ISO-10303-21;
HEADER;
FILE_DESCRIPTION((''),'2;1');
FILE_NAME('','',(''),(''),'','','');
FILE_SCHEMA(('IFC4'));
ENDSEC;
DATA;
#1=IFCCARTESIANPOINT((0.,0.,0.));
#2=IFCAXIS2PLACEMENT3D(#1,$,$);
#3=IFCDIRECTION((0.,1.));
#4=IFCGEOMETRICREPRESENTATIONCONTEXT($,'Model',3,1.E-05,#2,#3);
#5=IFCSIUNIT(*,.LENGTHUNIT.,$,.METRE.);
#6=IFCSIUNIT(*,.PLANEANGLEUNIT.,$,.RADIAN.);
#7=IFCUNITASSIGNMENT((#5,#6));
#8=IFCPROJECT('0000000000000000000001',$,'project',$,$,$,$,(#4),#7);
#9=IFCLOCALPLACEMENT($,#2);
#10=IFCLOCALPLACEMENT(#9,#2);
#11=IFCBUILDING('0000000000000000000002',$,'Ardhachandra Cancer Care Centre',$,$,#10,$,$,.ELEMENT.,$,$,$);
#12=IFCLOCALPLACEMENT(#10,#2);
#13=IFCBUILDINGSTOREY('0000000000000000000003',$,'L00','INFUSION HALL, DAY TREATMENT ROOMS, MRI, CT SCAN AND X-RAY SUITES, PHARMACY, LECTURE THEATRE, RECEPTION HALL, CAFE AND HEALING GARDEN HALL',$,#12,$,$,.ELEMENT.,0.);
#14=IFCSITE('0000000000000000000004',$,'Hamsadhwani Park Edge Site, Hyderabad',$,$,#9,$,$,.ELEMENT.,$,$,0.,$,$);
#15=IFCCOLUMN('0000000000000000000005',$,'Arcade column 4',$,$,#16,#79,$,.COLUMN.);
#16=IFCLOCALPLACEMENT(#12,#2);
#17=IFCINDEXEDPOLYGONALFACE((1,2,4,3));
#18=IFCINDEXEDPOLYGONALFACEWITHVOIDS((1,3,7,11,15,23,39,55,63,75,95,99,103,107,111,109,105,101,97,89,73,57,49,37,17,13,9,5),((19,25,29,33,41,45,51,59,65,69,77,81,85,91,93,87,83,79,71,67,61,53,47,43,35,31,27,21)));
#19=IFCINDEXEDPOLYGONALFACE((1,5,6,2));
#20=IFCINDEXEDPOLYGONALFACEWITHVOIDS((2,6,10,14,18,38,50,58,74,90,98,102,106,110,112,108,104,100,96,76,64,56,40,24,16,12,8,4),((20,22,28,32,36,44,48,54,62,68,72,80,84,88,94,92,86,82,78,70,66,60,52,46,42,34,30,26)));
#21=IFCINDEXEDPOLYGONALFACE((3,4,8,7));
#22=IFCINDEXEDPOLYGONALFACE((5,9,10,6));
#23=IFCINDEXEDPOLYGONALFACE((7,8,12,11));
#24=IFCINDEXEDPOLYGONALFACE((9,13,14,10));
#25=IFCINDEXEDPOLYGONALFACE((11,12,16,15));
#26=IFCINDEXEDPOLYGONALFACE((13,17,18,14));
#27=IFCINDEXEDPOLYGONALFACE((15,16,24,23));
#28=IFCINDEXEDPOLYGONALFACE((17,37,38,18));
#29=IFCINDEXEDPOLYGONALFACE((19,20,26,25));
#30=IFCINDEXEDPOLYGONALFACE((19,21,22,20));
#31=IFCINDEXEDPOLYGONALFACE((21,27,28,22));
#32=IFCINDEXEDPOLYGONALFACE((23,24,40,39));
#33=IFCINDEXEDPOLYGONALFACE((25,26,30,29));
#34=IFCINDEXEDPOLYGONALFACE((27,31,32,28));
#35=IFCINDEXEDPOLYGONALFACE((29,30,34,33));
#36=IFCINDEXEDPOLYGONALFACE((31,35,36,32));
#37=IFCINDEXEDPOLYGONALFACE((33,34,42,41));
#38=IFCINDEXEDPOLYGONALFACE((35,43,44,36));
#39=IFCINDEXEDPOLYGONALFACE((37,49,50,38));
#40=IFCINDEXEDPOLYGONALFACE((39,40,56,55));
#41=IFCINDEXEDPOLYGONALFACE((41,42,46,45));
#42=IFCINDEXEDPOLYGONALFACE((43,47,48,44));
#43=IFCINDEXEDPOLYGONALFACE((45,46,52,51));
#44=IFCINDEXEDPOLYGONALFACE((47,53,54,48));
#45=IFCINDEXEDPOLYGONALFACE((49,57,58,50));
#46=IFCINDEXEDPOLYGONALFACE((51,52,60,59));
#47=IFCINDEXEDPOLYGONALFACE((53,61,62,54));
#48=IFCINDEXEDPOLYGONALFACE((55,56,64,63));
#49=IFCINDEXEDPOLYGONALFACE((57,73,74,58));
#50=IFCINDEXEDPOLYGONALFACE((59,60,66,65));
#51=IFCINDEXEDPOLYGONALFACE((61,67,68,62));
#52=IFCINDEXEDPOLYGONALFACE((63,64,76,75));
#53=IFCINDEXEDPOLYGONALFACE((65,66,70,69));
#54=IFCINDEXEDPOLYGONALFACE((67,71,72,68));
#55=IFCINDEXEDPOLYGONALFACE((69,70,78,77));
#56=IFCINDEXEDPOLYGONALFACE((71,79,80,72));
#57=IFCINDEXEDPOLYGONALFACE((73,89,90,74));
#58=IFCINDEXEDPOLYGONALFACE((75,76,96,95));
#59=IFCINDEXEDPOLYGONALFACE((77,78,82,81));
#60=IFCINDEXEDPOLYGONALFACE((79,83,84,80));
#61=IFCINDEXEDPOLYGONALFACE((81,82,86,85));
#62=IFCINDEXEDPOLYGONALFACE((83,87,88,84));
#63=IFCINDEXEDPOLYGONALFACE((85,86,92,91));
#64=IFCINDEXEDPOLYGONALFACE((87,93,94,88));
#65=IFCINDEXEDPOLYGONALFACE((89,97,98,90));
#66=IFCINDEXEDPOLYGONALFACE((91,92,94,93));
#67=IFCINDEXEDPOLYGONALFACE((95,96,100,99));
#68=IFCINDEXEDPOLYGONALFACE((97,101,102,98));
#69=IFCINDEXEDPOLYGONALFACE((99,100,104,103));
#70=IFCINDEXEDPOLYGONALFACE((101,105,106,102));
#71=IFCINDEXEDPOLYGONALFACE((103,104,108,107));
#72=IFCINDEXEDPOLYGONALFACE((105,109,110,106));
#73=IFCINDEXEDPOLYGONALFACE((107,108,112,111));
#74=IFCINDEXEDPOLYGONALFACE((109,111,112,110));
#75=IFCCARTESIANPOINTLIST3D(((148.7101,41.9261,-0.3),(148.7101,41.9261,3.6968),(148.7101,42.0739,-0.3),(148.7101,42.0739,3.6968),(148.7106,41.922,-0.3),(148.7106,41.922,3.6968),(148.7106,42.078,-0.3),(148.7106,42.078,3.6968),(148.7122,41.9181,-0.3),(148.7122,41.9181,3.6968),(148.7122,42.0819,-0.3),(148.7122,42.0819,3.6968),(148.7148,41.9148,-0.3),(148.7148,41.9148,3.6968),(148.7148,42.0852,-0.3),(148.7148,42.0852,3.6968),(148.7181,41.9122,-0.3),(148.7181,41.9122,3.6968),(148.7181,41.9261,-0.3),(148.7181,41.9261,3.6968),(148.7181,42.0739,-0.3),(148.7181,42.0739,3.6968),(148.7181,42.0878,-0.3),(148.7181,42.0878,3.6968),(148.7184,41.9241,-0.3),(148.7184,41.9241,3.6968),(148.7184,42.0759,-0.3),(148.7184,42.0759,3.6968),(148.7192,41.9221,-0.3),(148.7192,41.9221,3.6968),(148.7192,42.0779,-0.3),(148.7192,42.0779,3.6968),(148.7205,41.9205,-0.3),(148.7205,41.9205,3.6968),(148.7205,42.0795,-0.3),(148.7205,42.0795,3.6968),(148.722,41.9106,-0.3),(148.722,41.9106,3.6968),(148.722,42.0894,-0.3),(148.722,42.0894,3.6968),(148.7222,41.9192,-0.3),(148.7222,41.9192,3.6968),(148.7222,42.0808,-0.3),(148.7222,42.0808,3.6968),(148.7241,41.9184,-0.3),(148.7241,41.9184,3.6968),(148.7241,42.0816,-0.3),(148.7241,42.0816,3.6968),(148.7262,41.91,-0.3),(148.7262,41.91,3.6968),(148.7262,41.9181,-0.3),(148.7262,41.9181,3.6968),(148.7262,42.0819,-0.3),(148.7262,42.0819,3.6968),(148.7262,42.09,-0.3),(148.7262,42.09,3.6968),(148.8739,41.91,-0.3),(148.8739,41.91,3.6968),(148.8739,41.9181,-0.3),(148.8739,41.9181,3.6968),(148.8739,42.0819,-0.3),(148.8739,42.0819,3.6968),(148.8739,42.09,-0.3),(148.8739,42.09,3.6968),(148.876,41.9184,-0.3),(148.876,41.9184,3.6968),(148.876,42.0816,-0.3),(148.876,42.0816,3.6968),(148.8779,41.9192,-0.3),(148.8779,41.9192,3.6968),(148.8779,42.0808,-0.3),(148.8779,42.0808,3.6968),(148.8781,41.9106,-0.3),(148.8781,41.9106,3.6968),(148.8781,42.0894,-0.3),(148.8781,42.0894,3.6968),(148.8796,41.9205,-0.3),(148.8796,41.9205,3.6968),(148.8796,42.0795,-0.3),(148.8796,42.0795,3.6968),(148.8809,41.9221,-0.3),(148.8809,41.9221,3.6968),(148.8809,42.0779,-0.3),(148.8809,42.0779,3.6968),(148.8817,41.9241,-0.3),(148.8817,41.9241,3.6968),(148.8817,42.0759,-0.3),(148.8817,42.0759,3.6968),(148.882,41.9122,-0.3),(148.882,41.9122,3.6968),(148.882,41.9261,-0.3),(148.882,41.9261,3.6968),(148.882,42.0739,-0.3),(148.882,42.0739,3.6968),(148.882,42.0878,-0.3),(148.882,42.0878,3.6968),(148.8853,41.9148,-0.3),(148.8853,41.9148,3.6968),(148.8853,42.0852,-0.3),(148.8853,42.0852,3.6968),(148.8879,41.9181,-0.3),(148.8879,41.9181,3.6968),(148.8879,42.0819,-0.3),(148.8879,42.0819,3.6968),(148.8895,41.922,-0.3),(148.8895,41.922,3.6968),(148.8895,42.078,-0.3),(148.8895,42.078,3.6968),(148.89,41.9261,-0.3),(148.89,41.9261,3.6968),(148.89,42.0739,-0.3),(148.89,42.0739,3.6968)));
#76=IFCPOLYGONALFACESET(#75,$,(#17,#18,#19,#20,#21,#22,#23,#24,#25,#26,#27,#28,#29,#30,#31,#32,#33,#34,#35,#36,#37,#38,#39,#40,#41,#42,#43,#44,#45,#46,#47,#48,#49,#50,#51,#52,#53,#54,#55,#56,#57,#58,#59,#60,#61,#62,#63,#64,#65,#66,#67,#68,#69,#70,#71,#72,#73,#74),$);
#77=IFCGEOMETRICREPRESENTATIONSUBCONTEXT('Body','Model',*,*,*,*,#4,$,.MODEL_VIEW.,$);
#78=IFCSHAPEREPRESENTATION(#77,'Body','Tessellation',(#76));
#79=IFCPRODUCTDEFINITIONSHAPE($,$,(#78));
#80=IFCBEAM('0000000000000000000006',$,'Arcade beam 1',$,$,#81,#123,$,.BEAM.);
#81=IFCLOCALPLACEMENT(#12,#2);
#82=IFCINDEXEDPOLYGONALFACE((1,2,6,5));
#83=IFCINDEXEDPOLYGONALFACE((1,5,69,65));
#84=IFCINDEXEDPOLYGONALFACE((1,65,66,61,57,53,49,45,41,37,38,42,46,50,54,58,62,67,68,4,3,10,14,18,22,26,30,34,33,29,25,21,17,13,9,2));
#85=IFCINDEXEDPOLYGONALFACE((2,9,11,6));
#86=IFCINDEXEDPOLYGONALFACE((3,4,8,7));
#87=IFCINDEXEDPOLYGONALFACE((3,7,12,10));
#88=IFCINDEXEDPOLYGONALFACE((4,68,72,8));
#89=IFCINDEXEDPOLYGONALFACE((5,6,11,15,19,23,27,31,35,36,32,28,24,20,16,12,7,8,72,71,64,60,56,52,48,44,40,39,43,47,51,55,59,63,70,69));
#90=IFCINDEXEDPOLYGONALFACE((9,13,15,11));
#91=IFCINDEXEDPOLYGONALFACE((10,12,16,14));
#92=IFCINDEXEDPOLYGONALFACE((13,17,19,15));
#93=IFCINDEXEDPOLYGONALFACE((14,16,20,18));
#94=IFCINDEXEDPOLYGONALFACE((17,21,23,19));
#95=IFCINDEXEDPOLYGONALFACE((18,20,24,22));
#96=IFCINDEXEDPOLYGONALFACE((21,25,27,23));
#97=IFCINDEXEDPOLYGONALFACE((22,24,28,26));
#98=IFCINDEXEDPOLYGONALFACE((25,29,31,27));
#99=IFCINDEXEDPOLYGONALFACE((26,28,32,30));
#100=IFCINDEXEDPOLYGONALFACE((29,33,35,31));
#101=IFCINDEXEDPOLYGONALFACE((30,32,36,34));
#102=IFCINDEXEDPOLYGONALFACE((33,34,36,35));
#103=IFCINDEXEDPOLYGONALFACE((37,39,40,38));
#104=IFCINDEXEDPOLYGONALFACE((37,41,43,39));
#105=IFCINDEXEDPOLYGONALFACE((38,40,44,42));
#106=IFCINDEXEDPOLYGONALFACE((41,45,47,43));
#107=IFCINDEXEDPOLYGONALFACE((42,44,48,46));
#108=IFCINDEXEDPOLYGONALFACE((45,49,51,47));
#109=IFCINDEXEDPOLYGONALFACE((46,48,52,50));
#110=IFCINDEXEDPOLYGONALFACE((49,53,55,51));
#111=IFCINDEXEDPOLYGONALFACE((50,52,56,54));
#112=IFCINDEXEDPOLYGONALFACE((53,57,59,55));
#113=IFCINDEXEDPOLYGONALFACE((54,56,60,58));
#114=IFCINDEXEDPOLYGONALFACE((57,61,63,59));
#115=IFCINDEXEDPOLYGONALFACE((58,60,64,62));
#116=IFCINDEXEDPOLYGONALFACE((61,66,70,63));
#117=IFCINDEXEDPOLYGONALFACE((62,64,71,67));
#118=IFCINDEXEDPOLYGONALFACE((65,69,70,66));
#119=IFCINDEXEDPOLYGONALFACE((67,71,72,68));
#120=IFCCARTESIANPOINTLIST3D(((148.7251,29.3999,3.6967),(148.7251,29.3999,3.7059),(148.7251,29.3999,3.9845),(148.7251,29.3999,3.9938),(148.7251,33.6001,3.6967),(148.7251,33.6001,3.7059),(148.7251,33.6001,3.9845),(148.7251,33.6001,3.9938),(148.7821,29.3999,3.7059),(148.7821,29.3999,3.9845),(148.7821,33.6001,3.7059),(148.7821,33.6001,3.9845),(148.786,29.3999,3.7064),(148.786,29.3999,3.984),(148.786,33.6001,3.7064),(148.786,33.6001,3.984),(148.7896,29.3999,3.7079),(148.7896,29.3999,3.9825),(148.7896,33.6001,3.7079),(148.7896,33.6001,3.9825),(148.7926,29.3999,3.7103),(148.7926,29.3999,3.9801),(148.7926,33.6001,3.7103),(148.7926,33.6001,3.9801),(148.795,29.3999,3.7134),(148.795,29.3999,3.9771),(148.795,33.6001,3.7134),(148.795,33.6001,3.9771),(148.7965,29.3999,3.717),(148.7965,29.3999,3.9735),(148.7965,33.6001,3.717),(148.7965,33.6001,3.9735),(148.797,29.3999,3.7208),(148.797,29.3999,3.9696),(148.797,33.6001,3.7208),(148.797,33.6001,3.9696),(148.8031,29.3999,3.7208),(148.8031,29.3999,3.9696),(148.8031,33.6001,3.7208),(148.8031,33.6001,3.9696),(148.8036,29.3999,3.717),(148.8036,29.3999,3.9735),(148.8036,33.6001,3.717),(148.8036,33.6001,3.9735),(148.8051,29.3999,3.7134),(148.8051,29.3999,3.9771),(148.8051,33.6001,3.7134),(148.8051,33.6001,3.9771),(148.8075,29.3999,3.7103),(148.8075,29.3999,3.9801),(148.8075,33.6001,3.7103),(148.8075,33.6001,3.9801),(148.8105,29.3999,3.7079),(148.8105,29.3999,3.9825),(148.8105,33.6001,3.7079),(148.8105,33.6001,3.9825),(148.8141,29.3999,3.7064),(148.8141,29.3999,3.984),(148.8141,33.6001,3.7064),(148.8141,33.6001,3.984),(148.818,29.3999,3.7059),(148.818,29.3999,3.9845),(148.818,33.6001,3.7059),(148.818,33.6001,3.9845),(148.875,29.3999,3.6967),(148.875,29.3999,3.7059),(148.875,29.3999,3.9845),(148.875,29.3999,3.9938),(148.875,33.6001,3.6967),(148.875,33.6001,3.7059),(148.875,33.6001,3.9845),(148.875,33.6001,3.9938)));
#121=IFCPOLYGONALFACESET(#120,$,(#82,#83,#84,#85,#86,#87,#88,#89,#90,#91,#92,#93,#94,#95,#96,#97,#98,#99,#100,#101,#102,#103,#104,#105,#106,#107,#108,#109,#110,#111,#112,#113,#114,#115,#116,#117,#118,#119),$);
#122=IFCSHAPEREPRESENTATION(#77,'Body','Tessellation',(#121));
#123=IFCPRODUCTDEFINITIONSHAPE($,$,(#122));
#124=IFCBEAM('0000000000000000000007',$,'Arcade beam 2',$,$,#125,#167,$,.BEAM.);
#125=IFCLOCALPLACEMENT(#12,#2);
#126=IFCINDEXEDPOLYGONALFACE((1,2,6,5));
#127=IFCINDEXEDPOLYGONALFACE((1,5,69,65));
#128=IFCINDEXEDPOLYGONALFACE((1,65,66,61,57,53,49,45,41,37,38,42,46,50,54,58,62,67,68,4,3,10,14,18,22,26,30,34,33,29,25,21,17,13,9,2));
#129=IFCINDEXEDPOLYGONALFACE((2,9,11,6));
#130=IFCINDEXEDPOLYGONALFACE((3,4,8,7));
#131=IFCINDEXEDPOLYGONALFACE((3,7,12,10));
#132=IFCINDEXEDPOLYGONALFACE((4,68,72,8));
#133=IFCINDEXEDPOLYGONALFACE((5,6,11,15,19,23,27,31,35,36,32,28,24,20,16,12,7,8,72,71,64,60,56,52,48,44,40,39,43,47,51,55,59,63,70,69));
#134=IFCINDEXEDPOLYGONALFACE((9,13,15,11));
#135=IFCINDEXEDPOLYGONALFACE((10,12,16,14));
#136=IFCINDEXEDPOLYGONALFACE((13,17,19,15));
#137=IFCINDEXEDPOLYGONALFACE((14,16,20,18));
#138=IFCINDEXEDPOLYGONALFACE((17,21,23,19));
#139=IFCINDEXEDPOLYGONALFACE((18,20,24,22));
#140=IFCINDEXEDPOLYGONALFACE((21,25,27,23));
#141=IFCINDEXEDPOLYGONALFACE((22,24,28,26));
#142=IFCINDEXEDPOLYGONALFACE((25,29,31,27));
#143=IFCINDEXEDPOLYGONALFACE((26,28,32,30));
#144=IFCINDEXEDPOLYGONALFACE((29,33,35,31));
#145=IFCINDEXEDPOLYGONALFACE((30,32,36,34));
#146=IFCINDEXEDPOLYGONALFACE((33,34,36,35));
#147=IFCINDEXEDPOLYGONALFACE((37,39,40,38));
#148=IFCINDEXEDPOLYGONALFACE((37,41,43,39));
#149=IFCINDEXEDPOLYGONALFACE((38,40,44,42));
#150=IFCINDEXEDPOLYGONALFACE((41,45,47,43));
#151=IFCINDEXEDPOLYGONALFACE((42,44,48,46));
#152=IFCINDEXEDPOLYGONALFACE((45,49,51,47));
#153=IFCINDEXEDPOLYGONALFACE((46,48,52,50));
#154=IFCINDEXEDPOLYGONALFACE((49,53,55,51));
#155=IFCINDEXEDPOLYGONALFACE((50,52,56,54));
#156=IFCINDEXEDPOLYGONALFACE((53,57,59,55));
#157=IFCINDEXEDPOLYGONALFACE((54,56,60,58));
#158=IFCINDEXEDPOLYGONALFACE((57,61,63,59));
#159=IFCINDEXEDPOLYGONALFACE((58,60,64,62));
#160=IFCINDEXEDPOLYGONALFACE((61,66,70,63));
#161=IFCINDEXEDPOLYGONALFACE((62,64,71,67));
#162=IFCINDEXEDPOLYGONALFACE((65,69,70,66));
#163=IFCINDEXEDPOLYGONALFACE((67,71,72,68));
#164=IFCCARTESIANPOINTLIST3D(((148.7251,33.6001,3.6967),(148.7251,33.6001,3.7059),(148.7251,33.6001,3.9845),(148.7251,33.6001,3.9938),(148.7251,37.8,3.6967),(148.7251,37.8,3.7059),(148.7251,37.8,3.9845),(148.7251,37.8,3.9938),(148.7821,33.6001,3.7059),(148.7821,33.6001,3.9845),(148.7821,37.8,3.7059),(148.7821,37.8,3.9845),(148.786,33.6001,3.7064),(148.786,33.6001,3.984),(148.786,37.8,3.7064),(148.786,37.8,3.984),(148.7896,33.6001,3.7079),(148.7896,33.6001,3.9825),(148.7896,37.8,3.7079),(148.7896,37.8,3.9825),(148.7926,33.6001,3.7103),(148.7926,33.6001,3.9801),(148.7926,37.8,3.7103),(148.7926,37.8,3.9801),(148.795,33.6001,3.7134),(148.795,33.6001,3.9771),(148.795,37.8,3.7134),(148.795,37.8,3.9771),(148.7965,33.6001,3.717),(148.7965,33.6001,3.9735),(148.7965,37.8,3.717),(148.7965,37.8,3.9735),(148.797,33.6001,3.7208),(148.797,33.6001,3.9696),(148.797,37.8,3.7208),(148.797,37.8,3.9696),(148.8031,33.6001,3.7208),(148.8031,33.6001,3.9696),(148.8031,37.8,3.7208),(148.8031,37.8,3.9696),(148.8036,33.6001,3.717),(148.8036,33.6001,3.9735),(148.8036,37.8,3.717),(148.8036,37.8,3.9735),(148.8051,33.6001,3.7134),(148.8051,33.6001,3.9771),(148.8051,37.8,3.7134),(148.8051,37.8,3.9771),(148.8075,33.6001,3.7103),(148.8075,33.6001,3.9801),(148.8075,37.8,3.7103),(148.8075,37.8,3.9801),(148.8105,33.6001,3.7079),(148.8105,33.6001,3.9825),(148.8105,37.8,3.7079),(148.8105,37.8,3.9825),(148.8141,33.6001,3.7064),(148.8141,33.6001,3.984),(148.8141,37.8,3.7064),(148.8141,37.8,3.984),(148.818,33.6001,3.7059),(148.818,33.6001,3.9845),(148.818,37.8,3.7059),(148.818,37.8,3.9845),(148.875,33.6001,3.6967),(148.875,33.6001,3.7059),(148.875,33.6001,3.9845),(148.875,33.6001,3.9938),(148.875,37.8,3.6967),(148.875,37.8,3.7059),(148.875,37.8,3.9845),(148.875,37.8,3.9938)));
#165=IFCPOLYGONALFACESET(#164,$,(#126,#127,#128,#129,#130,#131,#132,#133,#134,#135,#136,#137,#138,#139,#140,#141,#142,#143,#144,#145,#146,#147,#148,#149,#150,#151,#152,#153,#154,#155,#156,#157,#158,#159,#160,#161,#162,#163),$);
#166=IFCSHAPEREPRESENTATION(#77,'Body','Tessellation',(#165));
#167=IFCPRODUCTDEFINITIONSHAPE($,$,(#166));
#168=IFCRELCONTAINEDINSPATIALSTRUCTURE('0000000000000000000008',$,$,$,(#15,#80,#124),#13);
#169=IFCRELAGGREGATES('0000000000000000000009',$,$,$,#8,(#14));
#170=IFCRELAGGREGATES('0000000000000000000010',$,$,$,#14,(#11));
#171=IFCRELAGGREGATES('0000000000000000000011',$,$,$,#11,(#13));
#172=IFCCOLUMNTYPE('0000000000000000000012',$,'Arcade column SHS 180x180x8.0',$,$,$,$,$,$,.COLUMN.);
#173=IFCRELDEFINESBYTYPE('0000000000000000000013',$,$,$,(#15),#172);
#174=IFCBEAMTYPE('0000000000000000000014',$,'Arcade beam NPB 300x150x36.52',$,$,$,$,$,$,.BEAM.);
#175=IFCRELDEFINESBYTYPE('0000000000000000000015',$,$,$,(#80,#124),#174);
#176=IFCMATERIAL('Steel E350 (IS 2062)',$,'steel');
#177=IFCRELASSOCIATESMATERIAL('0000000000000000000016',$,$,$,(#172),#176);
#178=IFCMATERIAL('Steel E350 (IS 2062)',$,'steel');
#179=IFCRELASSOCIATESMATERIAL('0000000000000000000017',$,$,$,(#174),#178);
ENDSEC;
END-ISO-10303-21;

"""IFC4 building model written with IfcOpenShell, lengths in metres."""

from ifc_helpers import new_model, si_unit, direction, frame, origin, origin_2d, place, context, subcontext, project, spatial, hollow_rectangle, i_section, extrude, material, material_profile, profile_set, type_object, element, save


model = new_model("IFC4")

# Units and contexts
model_context = context("Model", 3, precision=1e-05, world=origin(), true_north=direction((0.0, 1.0)))
body_context = subcontext(model_context, "Body", "Model", "MODEL_VIEW")
ifc_project = project(units=[si_unit("LENGTHUNIT", "METRE"), si_unit("PLANEANGLEUNIT", "RADIAN")], contexts=[model_context])

# Site, building, storey
site_placement = place(None, origin())
site = spatial("IfcSite", under=ifc_project, at=site_placement, Name="Hamsadhwani Park Edge Site, Hyderabad", CompositionType="ELEMENT", RefElevation=0.0)
building_placement = place(site_placement, origin())
building = spatial("IfcBuilding", under=site, at=building_placement, Name="Ardhachandra Cancer Care Centre", CompositionType="ELEMENT")
storey_placement = place(building_placement, origin())
storey = spatial("IfcBuildingStorey", under=building, at=storey_placement, Name="L00", Description="INFUSION HALL, DAY TREATMENT ROOMS, MRI, CT SCAN AND X-RAY SUITES, PHARMACY, LECTURE THEATRE, RECEPTION HALL, CAFE AND HEALING GARDEN HALL", CompositionType="ELEMENT", Elevation=0.0)

# Column
ifc_material_1 = material(Name="Steel E350 (IS 2062)", Category="steel")
ifc_material_profile_1 = material_profile(ifc_material_1, hollow_rectangle(XDim=0.1799, YDim=0.1799, WallThickness=0.0081, InnerFilletRadius=0.0081, OuterFilletRadius=0.0161, at=origin_2d()), Name="SHS 180x180x8.0")
ifc_profile_set_1 = profile_set([ifc_material_profile_1], Name="Steel E350 (IS 2062)")
column_type = type_object("IfcColumnType", Name="Arcade column SHS 180x180x8.0", PredefinedType="COLUMN", material=ifc_profile_set_1)
for number, where, z_axis, x_axis, name in (
    (1, (148.8, 42.0, -0.3), (0.0, 0.0, 1.0), (1.0, 0.0, 0.0), "Arcade column 4"),
):
    element("IfcColumn", number, at=place(storey_placement, frame(where, z_axis=z_axis, x_axis=x_axis)), inside=storey, type_object=column_type, Name=name, PredefinedType="COLUMN", context=body_context, shape_type="SweptSolid", body=[
        extrude(hollow_rectangle(XDim=0.1799, YDim=0.1799, WallThickness=0.0081, InnerFilletRadius=0.0081, OuterFilletRadius=0.0161, at=origin_2d()), origin(), (0.0, 0.0, 1.0), 3.9968),
    ])

# Beams
ifc_material_2 = material(Name="Steel E350 (IS 2062)", Category="steel")
ifc_material_profile_2 = material_profile(ifc_material_2, i_section(OverallWidth=0.1499, OverallDepth=0.2971, WebThickness=0.0061, FlangeThickness=0.0093, FilletRadius=0.0149, at=origin_2d()), Name="NPB 300x150x36.52")
ifc_profile_set_2 = profile_set([ifc_material_profile_2], Name="Steel E350 (IS 2062)")
beam_type_1 = type_object("IfcBeamType", Name="Arcade beam NPB 300x150x36.52", PredefinedType="BEAM", material=ifc_profile_set_2)
beam_1_placement = place(storey_placement, frame((148.8, 29.3999, 3.8452), z_axis=(0.0, 1.0, 0.0), x_axis=(-1.0, 0.0, 0.0)))
element("IfcBeam", 2, at=beam_1_placement, inside=storey, type_object=beam_type_1, Name="Arcade beam 1", PredefinedType="BEAM", context=body_context, shape_type="SweptSolid", body=[
    extrude(i_section(OverallWidth=0.1499, OverallDepth=0.2971, WebThickness=0.0061, FlangeThickness=0.0093, FilletRadius=0.0149, at=origin_2d()), origin(), (0.0, 0.0, 1.0), 4.2002),
])
for number, where, z_axis, x_axis, name in (
    (3, (148.8, 33.6001, 3.8452), (0.0, 1.0, 0.0), (-1.0, 0.0, 0.0), "Arcade beam 2"),
):
    element("IfcBeam", number, at=place(storey_placement, frame(where, z_axis=z_axis, x_axis=x_axis)), inside=storey, type_object=beam_type_1, Name=name, PredefinedType="BEAM", context=body_context, shape_type="SweptSolid", body=[
        extrude(i_section(OverallWidth=0.1499, OverallDepth=0.2971, WebThickness=0.0061, FlangeThickness=0.0093, FilletRadius=0.0149, at=origin_2d()), origin(), (0.0, 0.0, 1.0), 4.2),
    ])

save(model, "model.ifc")
